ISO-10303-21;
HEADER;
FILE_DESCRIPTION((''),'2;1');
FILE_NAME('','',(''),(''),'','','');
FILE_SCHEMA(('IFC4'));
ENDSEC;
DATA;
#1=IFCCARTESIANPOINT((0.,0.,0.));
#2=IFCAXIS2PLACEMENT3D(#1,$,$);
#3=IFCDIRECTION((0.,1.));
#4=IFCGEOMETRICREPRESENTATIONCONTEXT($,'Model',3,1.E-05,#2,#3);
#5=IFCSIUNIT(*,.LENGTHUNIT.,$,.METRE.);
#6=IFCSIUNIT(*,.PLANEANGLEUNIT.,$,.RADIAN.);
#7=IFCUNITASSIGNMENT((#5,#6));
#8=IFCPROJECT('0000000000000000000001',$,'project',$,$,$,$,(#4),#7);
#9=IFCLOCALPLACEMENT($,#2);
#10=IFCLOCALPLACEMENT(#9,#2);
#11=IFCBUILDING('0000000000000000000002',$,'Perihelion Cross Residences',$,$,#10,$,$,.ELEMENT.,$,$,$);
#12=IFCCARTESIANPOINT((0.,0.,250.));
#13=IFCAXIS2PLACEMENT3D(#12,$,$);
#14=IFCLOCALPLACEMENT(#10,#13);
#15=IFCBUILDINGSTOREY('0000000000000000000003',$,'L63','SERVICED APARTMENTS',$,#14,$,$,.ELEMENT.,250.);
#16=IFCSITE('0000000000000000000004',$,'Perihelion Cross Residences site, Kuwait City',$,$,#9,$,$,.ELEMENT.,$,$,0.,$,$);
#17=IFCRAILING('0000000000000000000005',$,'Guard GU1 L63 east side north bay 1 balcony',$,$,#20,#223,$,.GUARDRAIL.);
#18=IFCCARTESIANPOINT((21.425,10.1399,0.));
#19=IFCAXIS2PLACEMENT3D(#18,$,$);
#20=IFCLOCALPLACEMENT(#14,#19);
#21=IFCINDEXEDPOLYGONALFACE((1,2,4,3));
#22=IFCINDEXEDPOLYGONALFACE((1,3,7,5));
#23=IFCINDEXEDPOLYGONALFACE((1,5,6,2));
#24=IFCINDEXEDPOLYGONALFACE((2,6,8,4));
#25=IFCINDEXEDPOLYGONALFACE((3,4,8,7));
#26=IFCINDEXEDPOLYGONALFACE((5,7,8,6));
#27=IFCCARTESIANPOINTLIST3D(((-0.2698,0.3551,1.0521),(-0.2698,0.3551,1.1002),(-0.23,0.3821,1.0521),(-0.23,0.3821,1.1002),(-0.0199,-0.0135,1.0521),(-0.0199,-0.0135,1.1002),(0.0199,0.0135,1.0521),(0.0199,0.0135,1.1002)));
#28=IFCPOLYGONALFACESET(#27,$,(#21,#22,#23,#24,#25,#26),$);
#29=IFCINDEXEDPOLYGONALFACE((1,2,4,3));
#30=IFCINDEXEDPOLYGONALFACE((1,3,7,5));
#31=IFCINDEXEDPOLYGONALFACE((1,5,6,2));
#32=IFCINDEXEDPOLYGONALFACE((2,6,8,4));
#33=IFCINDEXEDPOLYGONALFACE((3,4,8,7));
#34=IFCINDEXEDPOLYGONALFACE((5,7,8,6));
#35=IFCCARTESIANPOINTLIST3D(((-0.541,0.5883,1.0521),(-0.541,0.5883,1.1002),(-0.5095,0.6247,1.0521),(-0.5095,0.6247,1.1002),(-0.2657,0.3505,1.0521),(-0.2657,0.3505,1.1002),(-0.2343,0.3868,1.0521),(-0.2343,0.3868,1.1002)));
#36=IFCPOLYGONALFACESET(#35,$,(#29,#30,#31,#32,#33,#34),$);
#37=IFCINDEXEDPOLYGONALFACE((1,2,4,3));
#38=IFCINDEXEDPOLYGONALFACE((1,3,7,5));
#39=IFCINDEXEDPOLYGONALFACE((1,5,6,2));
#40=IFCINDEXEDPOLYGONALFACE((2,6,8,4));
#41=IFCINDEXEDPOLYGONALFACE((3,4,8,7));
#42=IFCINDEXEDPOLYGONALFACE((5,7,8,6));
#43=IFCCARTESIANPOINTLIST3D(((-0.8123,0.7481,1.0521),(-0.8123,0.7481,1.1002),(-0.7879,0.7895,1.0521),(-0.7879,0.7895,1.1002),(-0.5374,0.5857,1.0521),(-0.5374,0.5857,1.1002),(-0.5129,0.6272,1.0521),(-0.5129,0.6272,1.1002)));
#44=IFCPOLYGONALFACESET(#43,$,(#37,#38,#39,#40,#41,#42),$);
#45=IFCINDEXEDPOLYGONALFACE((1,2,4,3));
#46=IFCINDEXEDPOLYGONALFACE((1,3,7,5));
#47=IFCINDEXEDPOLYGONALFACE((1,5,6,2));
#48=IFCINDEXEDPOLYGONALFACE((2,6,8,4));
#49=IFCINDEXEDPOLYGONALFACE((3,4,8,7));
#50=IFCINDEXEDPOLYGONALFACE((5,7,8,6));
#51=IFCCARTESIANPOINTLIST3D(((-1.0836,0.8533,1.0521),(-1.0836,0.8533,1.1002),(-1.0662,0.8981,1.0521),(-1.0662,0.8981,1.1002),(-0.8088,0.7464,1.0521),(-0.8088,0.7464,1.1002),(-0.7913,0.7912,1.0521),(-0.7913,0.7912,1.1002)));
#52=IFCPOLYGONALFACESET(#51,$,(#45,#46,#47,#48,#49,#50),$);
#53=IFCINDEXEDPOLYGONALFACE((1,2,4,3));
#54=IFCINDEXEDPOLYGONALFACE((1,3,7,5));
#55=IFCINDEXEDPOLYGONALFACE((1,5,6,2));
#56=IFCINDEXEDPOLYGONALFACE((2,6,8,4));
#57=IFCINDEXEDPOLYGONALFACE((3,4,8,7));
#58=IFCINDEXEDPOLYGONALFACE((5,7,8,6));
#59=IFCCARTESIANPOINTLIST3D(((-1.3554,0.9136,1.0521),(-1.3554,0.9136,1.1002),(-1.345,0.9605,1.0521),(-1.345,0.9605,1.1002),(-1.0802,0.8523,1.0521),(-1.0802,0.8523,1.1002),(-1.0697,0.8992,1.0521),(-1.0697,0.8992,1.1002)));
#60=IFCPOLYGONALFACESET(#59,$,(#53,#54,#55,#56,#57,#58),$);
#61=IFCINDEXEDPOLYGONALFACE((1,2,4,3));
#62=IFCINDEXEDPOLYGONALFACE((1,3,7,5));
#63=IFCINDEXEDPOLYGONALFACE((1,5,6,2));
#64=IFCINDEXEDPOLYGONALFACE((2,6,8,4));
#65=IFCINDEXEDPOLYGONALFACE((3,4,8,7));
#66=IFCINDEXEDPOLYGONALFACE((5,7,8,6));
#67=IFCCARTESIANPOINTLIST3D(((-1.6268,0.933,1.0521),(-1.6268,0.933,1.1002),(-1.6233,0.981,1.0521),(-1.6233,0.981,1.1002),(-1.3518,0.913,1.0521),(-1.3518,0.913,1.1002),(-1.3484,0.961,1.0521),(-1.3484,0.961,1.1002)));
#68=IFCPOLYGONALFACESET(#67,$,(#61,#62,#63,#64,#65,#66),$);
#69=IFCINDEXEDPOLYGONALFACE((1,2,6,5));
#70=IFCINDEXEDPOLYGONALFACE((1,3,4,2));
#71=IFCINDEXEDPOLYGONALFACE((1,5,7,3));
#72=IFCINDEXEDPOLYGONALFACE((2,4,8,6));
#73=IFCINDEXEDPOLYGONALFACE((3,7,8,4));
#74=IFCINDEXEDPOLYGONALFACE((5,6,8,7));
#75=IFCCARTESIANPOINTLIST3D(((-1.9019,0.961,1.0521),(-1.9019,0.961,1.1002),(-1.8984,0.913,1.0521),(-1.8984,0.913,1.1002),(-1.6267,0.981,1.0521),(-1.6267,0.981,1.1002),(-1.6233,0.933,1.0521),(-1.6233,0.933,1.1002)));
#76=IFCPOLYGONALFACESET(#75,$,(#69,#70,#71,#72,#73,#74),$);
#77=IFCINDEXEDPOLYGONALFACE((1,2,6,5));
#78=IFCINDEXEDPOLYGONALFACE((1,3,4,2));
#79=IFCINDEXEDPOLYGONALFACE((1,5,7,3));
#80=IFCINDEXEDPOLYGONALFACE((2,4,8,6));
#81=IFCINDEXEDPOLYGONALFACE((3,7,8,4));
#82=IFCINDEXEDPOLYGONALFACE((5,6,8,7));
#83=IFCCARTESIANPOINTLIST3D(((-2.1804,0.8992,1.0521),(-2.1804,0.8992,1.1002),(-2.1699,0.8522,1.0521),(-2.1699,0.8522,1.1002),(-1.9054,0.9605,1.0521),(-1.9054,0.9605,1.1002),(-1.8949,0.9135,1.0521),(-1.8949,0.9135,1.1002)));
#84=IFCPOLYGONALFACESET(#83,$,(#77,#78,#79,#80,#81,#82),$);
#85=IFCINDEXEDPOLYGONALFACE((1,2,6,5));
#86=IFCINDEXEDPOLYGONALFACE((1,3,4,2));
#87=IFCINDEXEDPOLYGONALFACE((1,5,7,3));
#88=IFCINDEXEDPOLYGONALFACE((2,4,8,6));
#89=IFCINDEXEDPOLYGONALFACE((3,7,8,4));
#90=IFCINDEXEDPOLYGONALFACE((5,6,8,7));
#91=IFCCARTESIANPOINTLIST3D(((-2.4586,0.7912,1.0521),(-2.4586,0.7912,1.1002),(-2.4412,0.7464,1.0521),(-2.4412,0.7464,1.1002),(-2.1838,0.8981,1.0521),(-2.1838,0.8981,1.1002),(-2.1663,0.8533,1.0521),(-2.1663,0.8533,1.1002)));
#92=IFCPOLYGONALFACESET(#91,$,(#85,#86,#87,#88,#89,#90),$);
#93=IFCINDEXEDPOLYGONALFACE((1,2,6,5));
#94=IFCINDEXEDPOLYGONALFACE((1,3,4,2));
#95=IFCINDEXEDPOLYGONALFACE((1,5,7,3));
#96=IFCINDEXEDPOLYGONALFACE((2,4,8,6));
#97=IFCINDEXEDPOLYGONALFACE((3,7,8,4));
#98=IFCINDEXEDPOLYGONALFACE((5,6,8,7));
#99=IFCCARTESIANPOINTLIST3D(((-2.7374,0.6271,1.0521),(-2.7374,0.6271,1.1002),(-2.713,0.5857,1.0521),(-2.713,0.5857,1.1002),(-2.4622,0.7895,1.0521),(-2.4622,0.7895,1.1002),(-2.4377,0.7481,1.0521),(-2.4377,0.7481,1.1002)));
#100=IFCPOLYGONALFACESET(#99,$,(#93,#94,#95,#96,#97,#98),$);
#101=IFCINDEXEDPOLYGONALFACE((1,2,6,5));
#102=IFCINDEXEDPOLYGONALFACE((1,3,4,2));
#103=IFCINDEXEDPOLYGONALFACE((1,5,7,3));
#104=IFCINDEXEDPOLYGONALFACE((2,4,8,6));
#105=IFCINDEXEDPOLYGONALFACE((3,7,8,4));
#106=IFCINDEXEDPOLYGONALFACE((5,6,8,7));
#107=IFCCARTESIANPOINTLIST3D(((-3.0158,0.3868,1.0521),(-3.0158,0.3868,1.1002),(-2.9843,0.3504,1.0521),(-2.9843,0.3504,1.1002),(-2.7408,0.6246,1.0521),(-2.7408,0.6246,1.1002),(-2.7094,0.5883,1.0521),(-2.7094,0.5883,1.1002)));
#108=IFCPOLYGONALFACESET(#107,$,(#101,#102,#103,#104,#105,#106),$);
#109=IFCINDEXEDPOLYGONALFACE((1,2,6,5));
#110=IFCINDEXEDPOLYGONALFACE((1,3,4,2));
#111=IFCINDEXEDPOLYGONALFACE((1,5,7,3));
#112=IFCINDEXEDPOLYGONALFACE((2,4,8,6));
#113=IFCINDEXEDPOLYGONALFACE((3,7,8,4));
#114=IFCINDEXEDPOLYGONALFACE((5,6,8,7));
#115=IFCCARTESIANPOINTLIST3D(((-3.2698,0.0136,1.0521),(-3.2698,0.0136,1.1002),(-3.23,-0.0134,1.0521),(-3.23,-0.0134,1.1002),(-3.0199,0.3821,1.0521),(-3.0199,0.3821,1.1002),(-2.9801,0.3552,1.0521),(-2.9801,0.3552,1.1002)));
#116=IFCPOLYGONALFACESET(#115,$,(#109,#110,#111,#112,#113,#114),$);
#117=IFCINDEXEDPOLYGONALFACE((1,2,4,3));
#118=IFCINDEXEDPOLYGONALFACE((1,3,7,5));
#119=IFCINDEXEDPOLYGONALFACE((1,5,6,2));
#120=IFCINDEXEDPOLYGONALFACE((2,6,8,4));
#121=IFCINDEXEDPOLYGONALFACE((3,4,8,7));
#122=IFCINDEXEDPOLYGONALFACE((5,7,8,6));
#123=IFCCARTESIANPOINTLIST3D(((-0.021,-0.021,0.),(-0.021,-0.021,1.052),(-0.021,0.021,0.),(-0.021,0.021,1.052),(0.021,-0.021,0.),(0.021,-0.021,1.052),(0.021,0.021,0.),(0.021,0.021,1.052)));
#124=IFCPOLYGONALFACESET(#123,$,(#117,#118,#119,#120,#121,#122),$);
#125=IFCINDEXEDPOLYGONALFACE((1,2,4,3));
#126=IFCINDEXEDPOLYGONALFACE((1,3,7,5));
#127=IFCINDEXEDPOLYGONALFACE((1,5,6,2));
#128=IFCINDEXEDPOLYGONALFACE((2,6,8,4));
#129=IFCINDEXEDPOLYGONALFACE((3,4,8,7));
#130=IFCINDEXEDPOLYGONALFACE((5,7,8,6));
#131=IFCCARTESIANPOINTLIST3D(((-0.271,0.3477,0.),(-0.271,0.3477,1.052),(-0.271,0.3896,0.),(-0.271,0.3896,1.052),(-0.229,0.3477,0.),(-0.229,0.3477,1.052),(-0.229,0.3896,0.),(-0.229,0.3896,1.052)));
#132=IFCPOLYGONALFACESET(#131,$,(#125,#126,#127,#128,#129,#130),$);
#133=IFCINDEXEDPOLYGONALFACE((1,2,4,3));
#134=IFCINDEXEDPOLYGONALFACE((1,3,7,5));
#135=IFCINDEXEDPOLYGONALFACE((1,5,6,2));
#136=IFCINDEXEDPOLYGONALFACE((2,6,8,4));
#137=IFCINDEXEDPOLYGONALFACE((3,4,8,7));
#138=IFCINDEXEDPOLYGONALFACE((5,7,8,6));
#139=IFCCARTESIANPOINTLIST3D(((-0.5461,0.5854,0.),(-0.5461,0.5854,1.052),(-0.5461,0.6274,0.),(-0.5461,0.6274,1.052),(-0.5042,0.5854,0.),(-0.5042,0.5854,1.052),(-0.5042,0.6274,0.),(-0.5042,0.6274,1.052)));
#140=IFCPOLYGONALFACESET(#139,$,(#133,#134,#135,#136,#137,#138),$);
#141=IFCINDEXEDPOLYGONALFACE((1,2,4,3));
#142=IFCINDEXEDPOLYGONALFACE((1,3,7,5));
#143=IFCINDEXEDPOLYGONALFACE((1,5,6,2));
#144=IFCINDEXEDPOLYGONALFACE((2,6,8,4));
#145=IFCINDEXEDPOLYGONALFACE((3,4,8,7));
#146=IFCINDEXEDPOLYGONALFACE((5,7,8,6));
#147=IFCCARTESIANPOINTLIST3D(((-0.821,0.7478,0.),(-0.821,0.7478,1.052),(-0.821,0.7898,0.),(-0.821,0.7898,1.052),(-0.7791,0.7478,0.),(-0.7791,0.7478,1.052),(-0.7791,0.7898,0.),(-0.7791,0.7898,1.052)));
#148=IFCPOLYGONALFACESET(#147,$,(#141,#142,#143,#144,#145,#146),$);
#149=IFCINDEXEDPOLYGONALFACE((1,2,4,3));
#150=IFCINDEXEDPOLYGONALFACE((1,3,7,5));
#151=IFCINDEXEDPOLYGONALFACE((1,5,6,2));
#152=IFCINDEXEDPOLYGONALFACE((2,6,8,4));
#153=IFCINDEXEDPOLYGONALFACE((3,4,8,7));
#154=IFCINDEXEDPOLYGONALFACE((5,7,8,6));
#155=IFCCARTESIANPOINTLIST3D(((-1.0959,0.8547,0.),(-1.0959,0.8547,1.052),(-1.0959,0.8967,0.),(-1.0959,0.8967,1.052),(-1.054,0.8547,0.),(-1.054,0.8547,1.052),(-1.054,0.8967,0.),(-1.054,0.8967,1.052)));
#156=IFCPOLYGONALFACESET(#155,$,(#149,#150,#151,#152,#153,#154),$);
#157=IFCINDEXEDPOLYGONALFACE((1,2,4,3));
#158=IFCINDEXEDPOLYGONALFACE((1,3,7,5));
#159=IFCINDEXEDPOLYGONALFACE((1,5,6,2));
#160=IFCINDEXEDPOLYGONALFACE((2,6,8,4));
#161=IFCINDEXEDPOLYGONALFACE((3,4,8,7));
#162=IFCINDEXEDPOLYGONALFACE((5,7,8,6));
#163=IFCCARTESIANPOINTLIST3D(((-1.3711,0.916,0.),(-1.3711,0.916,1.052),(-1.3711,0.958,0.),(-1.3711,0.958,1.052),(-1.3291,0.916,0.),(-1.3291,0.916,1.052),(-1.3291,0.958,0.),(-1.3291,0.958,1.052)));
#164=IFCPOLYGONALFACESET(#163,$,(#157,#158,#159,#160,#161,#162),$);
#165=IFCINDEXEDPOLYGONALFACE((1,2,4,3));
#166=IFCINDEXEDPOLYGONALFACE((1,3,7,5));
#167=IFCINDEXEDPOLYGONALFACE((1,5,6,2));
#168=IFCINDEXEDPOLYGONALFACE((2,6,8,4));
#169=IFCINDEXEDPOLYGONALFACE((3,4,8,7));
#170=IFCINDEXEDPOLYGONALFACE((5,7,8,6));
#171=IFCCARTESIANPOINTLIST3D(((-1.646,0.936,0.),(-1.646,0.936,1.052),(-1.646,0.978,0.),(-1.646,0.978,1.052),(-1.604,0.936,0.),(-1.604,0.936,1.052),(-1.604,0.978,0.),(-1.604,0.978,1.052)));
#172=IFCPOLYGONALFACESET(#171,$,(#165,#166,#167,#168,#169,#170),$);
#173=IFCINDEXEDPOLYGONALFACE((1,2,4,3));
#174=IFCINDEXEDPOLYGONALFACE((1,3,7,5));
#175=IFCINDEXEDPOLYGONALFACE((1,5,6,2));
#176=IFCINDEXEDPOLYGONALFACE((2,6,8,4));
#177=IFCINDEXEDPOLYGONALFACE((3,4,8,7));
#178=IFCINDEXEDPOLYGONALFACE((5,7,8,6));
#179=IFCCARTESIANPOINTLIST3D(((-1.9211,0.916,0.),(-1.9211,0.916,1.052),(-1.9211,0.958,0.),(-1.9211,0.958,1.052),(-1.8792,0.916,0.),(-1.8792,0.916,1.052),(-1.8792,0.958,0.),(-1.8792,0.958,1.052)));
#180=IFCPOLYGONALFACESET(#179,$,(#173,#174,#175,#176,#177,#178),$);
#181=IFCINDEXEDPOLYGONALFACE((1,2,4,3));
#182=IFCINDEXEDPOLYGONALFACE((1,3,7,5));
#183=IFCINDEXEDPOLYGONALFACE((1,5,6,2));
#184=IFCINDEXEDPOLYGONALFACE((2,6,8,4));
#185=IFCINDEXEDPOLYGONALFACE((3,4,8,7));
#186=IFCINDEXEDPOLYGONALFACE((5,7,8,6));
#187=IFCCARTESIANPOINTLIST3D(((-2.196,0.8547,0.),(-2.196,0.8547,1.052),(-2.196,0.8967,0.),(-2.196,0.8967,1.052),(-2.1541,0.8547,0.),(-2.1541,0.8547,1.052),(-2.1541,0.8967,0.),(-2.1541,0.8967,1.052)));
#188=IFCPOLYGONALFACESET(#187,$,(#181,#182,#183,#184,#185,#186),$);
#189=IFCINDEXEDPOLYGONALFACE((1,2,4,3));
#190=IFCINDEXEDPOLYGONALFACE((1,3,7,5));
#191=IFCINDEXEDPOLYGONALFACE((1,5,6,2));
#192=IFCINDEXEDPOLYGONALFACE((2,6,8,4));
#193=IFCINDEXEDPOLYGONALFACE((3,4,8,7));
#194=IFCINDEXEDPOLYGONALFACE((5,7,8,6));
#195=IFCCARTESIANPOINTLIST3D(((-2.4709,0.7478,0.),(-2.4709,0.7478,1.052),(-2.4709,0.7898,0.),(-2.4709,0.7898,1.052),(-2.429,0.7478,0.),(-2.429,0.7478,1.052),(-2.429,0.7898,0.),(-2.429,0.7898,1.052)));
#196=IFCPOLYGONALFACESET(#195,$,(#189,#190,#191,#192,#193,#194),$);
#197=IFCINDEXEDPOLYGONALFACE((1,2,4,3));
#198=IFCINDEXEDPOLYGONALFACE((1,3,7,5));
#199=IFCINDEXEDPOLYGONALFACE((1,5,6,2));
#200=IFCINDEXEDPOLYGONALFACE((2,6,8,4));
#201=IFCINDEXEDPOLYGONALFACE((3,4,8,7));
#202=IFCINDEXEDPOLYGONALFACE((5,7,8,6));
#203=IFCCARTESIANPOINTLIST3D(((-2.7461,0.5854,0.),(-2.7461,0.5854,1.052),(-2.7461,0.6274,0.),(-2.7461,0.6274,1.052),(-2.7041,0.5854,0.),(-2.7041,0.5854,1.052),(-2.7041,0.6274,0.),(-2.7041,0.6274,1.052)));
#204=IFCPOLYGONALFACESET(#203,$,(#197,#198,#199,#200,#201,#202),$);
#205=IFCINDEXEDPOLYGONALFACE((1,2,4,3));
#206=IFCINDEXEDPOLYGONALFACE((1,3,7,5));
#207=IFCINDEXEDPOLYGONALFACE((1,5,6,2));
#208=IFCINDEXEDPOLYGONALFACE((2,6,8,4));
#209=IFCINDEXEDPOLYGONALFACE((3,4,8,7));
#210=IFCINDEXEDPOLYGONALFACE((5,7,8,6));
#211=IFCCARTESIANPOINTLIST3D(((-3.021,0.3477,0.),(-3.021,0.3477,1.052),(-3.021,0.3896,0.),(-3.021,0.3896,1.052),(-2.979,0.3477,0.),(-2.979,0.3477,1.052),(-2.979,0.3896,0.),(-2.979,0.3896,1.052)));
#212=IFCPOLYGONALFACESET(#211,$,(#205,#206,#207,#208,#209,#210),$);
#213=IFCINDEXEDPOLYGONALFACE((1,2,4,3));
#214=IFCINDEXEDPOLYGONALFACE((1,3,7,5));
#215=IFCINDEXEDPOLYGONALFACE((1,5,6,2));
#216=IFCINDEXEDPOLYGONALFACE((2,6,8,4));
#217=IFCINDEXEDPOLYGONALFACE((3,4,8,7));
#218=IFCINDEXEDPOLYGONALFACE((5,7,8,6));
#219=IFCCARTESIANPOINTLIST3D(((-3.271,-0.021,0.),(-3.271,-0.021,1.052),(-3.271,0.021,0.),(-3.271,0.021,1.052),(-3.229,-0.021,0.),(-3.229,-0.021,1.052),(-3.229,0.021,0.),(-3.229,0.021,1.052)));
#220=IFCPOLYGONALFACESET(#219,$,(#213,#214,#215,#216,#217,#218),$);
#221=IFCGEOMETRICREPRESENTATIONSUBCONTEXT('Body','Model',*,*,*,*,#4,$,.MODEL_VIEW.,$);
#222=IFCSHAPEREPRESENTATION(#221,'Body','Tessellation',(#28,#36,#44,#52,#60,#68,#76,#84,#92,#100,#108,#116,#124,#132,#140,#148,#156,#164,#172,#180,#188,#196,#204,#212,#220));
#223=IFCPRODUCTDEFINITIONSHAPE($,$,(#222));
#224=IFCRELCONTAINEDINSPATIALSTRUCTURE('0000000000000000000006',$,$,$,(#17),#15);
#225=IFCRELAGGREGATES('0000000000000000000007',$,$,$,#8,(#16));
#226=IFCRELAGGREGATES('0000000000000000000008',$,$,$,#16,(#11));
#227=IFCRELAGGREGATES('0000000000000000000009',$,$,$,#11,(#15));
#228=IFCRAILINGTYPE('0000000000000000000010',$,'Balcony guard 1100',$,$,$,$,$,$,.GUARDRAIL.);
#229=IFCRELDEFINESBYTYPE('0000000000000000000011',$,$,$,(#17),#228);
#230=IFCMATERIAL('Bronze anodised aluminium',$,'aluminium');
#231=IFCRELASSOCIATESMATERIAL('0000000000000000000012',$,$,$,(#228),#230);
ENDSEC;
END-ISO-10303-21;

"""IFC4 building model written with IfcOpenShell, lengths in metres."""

from ifc_helpers import new_model, si_unit, direction, frame, origin, origin_2d, place, context, subcontext, project, spatial, rectangle, extrude, material, type_object, element, save


model = new_model("IFC4")

# Units and contexts
model_context = context("Model", 3, precision=1e-05, world=origin(), true_north=direction((0.0, 1.0)))
body_context = subcontext(model_context, "Body", "Model", "MODEL_VIEW")
ifc_project = project(units=[si_unit("LENGTHUNIT", "METRE"), si_unit("PLANEANGLEUNIT", "RADIAN")], contexts=[model_context])

# Site, building, storey
site_placement = place(None, origin())
site = spatial("IfcSite", under=ifc_project, at=site_placement, Name="Perihelion Cross Residences site, Kuwait City", CompositionType="ELEMENT", RefElevation=0.0)
building_placement = place(site_placement, origin())
building = spatial("IfcBuilding", under=site, at=building_placement, Name="Perihelion Cross Residences", CompositionType="ELEMENT")
storey_placement = place(building_placement, frame((0.0, 0.0, 250.0)))
storey = spatial("IfcBuildingStorey", under=building, at=storey_placement, Name="L63", Description="SERVICED APARTMENTS", CompositionType="ELEMENT", Elevation=250.0)

# Railing
ifc_material_1 = material(Name="Bronze anodised aluminium", Category="aluminium")
railing_type_1 = type_object("IfcRailingType", Name="Balcony guard 1100", PredefinedType="GUARDRAIL", material=ifc_material_1)
railing_1_placement = place(storey_placement, frame((21.425, 10.1399, 0.0)))
element("IfcRailing", 1, at=railing_1_placement, inside=storey, type_object=railing_type_1, Name="Guard GU1 L63 east side north bay 1 balcony", PredefinedType="GUARDRAIL", context=body_context, shape_type="SweptSolid", body=[
    extrude(rectangle(XDim=0.0481, YDim=0.0481, at=origin_2d()), frame((0.0, 0.0, 1.0762), z_axis=(-0.56126, 0.827639, 0.0), x_axis=(-0.827639, -0.56126, 0.0)), (0.0, 0.0, 1.0), 0.4453),
    extrude(rectangle(XDim=0.0481, YDim=0.0481, at=origin_2d()), frame((-0.25, 0.3687, 1.0762), z_axis=(-0.756597, 0.653882, 0.0), x_axis=(-0.653882, -0.756597, 0.0)), (0.0, 0.0, 1.0), 0.3638),
    extrude(rectangle(XDim=0.0481, YDim=0.0481, at=origin_2d()), frame((-0.5251, 0.6064, 1.0762), z_axis=(-0.861048, 0.508523, 0.0), x_axis=(-0.508523, -0.861048, 0.0)), (0.0, 0.0, 1.0), 0.3193),
    extrude(rectangle(XDim=0.0481, YDim=0.0481, at=origin_2d()), frame((-0.8, 0.7688, 1.0762), z_axis=(-0.931974, 0.362526, 0.0), x_axis=(-0.362526, -0.931974, 0.0)), (0.0, 0.0, 1.0), 0.2949),
    extrude(rectangle(XDim=0.0481, YDim=0.0481, at=origin_2d()), frame((-1.075, 0.8757, 1.0762), z_axis=(-0.976085, 0.217389, 0.0), x_axis=(-0.217389, -0.976085, 0.0)), (0.0, 0.0, 1.0), 0.282),
    extrude(rectangle(XDim=0.0481, YDim=0.0481, at=origin_2d()), frame((-1.3501, 0.937, 1.0762), z_axis=(-0.997359, 0.072632, 0.0), x_axis=(-0.072632, -0.997359, 0.0)), (0.0, 0.0, 1.0), 0.2756),
    extrude(rectangle(XDim=0.0481, YDim=0.0481, at=origin_2d()), frame((-1.625, 0.957, 1.0762), z_axis=(-0.997363, -0.072568, 0.0), x_axis=(0.072568, -0.997363, 0.0)), (0.0, 0.0, 1.0), 0.2759),
    extrude(rectangle(XDim=0.0481, YDim=0.0481, at=origin_2d()), frame((-1.9001, 0.937, 1.0762), z_axis=(-0.976044, -0.217573, 0.0), x_axis=(0.217573, -0.976044, 0.0)), (0.0, 0.0, 1.0), 0.2817),
    extrude(rectangle(XDim=0.0481, YDim=0.0481, at=origin_2d()), frame((-2.175, 0.8757, 1.0762), z_axis=(-0.931974, -0.362526, 0.0), x_axis=(0.362526, -0.931974, 0.0)), (0.0, 0.0, 1.0), 0.2949),
    extrude(rectangle(XDim=0.0481, YDim=0.0481, at=origin_2d()), frame((-2.45, 0.7688, 1.0762), z_axis=(-0.861246, -0.508189, 0.0), x_axis=(0.508189, -0.861246, 0.0)), (0.0, 0.0, 1.0), 0.3196),
    extrude(rectangle(XDim=0.0481, YDim=0.0481, at=origin_2d()), frame((-2.7251, 0.6064, 1.0762), z_axis=(-0.756309, -0.654214, 0.0), x_axis=(0.654214, -0.756309, 0.0)), (0.0, 0.0, 1.0), 0.3635),
    extrude(rectangle(XDim=0.0481, YDim=0.0481, at=origin_2d()), frame((-3.0, 0.3687, 1.0762), z_axis=(-0.56126, -0.827639, 0.0), x_axis=(0.827639, -0.56126, 0.0)), (0.0, 0.0, 1.0), 0.4453),
    extrude(rectangle(XDim=0.042, YDim=0.042, at=origin_2d()), origin(), (0.0, 0.0, 1.0), 1.052),
    extrude(rectangle(XDim=0.042, YDim=0.042, at=origin_2d()), frame((-0.25, 0.3687, 0.0)), (0.0, 0.0, 1.0), 1.052),
    extrude(rectangle(XDim=0.042, YDim=0.042, at=origin_2d()), frame((-0.5251, 0.6064, 0.0)), (0.0, 0.0, 1.0), 1.052),
    extrude(rectangle(XDim=0.042, YDim=0.042, at=origin_2d()), frame((-0.8, 0.7688, 0.0)), (0.0, 0.0, 1.0), 1.052),
    extrude(rectangle(XDim=0.042, YDim=0.042, at=origin_2d()), frame((-1.075, 0.8757, 0.0)), (0.0, 0.0, 1.0), 1.052),
    extrude(rectangle(XDim=0.042, YDim=0.042, at=origin_2d()), frame((-1.3501, 0.937, 0.0)), (0.0, 0.0, 1.0), 1.052),
    extrude(rectangle(XDim=0.042, YDim=0.042, at=origin_2d()), frame((-1.625, 0.957, 0.0)), (0.0, 0.0, 1.0), 1.052),
    extrude(rectangle(XDim=0.042, YDim=0.042, at=origin_2d()), frame((-1.9001, 0.937, 0.0)), (0.0, 0.0, 1.0), 1.052),
    extrude(rectangle(XDim=0.042, YDim=0.042, at=origin_2d()), frame((-2.175, 0.8757, 0.0)), (0.0, 0.0, 1.0), 1.052),
    extrude(rectangle(XDim=0.042, YDim=0.042, at=origin_2d()), frame((-2.45, 0.7688, 0.0)), (0.0, 0.0, 1.0), 1.052),
    extrude(rectangle(XDim=0.042, YDim=0.042, at=origin_2d()), frame((-2.7251, 0.6064, 0.0)), (0.0, 0.0, 1.0), 1.052),
    extrude(rectangle(XDim=0.042, YDim=0.042, at=origin_2d()), frame((-3.0, 0.3687, 0.0)), (0.0, 0.0, 1.0), 1.052),
    extrude(rectangle(XDim=0.042, YDim=0.042, at=origin_2d()), frame((-3.25, 0.0, 0.0)), (0.0, 0.0, 1.0), 1.052),
])

save(model, "model.ifc")
